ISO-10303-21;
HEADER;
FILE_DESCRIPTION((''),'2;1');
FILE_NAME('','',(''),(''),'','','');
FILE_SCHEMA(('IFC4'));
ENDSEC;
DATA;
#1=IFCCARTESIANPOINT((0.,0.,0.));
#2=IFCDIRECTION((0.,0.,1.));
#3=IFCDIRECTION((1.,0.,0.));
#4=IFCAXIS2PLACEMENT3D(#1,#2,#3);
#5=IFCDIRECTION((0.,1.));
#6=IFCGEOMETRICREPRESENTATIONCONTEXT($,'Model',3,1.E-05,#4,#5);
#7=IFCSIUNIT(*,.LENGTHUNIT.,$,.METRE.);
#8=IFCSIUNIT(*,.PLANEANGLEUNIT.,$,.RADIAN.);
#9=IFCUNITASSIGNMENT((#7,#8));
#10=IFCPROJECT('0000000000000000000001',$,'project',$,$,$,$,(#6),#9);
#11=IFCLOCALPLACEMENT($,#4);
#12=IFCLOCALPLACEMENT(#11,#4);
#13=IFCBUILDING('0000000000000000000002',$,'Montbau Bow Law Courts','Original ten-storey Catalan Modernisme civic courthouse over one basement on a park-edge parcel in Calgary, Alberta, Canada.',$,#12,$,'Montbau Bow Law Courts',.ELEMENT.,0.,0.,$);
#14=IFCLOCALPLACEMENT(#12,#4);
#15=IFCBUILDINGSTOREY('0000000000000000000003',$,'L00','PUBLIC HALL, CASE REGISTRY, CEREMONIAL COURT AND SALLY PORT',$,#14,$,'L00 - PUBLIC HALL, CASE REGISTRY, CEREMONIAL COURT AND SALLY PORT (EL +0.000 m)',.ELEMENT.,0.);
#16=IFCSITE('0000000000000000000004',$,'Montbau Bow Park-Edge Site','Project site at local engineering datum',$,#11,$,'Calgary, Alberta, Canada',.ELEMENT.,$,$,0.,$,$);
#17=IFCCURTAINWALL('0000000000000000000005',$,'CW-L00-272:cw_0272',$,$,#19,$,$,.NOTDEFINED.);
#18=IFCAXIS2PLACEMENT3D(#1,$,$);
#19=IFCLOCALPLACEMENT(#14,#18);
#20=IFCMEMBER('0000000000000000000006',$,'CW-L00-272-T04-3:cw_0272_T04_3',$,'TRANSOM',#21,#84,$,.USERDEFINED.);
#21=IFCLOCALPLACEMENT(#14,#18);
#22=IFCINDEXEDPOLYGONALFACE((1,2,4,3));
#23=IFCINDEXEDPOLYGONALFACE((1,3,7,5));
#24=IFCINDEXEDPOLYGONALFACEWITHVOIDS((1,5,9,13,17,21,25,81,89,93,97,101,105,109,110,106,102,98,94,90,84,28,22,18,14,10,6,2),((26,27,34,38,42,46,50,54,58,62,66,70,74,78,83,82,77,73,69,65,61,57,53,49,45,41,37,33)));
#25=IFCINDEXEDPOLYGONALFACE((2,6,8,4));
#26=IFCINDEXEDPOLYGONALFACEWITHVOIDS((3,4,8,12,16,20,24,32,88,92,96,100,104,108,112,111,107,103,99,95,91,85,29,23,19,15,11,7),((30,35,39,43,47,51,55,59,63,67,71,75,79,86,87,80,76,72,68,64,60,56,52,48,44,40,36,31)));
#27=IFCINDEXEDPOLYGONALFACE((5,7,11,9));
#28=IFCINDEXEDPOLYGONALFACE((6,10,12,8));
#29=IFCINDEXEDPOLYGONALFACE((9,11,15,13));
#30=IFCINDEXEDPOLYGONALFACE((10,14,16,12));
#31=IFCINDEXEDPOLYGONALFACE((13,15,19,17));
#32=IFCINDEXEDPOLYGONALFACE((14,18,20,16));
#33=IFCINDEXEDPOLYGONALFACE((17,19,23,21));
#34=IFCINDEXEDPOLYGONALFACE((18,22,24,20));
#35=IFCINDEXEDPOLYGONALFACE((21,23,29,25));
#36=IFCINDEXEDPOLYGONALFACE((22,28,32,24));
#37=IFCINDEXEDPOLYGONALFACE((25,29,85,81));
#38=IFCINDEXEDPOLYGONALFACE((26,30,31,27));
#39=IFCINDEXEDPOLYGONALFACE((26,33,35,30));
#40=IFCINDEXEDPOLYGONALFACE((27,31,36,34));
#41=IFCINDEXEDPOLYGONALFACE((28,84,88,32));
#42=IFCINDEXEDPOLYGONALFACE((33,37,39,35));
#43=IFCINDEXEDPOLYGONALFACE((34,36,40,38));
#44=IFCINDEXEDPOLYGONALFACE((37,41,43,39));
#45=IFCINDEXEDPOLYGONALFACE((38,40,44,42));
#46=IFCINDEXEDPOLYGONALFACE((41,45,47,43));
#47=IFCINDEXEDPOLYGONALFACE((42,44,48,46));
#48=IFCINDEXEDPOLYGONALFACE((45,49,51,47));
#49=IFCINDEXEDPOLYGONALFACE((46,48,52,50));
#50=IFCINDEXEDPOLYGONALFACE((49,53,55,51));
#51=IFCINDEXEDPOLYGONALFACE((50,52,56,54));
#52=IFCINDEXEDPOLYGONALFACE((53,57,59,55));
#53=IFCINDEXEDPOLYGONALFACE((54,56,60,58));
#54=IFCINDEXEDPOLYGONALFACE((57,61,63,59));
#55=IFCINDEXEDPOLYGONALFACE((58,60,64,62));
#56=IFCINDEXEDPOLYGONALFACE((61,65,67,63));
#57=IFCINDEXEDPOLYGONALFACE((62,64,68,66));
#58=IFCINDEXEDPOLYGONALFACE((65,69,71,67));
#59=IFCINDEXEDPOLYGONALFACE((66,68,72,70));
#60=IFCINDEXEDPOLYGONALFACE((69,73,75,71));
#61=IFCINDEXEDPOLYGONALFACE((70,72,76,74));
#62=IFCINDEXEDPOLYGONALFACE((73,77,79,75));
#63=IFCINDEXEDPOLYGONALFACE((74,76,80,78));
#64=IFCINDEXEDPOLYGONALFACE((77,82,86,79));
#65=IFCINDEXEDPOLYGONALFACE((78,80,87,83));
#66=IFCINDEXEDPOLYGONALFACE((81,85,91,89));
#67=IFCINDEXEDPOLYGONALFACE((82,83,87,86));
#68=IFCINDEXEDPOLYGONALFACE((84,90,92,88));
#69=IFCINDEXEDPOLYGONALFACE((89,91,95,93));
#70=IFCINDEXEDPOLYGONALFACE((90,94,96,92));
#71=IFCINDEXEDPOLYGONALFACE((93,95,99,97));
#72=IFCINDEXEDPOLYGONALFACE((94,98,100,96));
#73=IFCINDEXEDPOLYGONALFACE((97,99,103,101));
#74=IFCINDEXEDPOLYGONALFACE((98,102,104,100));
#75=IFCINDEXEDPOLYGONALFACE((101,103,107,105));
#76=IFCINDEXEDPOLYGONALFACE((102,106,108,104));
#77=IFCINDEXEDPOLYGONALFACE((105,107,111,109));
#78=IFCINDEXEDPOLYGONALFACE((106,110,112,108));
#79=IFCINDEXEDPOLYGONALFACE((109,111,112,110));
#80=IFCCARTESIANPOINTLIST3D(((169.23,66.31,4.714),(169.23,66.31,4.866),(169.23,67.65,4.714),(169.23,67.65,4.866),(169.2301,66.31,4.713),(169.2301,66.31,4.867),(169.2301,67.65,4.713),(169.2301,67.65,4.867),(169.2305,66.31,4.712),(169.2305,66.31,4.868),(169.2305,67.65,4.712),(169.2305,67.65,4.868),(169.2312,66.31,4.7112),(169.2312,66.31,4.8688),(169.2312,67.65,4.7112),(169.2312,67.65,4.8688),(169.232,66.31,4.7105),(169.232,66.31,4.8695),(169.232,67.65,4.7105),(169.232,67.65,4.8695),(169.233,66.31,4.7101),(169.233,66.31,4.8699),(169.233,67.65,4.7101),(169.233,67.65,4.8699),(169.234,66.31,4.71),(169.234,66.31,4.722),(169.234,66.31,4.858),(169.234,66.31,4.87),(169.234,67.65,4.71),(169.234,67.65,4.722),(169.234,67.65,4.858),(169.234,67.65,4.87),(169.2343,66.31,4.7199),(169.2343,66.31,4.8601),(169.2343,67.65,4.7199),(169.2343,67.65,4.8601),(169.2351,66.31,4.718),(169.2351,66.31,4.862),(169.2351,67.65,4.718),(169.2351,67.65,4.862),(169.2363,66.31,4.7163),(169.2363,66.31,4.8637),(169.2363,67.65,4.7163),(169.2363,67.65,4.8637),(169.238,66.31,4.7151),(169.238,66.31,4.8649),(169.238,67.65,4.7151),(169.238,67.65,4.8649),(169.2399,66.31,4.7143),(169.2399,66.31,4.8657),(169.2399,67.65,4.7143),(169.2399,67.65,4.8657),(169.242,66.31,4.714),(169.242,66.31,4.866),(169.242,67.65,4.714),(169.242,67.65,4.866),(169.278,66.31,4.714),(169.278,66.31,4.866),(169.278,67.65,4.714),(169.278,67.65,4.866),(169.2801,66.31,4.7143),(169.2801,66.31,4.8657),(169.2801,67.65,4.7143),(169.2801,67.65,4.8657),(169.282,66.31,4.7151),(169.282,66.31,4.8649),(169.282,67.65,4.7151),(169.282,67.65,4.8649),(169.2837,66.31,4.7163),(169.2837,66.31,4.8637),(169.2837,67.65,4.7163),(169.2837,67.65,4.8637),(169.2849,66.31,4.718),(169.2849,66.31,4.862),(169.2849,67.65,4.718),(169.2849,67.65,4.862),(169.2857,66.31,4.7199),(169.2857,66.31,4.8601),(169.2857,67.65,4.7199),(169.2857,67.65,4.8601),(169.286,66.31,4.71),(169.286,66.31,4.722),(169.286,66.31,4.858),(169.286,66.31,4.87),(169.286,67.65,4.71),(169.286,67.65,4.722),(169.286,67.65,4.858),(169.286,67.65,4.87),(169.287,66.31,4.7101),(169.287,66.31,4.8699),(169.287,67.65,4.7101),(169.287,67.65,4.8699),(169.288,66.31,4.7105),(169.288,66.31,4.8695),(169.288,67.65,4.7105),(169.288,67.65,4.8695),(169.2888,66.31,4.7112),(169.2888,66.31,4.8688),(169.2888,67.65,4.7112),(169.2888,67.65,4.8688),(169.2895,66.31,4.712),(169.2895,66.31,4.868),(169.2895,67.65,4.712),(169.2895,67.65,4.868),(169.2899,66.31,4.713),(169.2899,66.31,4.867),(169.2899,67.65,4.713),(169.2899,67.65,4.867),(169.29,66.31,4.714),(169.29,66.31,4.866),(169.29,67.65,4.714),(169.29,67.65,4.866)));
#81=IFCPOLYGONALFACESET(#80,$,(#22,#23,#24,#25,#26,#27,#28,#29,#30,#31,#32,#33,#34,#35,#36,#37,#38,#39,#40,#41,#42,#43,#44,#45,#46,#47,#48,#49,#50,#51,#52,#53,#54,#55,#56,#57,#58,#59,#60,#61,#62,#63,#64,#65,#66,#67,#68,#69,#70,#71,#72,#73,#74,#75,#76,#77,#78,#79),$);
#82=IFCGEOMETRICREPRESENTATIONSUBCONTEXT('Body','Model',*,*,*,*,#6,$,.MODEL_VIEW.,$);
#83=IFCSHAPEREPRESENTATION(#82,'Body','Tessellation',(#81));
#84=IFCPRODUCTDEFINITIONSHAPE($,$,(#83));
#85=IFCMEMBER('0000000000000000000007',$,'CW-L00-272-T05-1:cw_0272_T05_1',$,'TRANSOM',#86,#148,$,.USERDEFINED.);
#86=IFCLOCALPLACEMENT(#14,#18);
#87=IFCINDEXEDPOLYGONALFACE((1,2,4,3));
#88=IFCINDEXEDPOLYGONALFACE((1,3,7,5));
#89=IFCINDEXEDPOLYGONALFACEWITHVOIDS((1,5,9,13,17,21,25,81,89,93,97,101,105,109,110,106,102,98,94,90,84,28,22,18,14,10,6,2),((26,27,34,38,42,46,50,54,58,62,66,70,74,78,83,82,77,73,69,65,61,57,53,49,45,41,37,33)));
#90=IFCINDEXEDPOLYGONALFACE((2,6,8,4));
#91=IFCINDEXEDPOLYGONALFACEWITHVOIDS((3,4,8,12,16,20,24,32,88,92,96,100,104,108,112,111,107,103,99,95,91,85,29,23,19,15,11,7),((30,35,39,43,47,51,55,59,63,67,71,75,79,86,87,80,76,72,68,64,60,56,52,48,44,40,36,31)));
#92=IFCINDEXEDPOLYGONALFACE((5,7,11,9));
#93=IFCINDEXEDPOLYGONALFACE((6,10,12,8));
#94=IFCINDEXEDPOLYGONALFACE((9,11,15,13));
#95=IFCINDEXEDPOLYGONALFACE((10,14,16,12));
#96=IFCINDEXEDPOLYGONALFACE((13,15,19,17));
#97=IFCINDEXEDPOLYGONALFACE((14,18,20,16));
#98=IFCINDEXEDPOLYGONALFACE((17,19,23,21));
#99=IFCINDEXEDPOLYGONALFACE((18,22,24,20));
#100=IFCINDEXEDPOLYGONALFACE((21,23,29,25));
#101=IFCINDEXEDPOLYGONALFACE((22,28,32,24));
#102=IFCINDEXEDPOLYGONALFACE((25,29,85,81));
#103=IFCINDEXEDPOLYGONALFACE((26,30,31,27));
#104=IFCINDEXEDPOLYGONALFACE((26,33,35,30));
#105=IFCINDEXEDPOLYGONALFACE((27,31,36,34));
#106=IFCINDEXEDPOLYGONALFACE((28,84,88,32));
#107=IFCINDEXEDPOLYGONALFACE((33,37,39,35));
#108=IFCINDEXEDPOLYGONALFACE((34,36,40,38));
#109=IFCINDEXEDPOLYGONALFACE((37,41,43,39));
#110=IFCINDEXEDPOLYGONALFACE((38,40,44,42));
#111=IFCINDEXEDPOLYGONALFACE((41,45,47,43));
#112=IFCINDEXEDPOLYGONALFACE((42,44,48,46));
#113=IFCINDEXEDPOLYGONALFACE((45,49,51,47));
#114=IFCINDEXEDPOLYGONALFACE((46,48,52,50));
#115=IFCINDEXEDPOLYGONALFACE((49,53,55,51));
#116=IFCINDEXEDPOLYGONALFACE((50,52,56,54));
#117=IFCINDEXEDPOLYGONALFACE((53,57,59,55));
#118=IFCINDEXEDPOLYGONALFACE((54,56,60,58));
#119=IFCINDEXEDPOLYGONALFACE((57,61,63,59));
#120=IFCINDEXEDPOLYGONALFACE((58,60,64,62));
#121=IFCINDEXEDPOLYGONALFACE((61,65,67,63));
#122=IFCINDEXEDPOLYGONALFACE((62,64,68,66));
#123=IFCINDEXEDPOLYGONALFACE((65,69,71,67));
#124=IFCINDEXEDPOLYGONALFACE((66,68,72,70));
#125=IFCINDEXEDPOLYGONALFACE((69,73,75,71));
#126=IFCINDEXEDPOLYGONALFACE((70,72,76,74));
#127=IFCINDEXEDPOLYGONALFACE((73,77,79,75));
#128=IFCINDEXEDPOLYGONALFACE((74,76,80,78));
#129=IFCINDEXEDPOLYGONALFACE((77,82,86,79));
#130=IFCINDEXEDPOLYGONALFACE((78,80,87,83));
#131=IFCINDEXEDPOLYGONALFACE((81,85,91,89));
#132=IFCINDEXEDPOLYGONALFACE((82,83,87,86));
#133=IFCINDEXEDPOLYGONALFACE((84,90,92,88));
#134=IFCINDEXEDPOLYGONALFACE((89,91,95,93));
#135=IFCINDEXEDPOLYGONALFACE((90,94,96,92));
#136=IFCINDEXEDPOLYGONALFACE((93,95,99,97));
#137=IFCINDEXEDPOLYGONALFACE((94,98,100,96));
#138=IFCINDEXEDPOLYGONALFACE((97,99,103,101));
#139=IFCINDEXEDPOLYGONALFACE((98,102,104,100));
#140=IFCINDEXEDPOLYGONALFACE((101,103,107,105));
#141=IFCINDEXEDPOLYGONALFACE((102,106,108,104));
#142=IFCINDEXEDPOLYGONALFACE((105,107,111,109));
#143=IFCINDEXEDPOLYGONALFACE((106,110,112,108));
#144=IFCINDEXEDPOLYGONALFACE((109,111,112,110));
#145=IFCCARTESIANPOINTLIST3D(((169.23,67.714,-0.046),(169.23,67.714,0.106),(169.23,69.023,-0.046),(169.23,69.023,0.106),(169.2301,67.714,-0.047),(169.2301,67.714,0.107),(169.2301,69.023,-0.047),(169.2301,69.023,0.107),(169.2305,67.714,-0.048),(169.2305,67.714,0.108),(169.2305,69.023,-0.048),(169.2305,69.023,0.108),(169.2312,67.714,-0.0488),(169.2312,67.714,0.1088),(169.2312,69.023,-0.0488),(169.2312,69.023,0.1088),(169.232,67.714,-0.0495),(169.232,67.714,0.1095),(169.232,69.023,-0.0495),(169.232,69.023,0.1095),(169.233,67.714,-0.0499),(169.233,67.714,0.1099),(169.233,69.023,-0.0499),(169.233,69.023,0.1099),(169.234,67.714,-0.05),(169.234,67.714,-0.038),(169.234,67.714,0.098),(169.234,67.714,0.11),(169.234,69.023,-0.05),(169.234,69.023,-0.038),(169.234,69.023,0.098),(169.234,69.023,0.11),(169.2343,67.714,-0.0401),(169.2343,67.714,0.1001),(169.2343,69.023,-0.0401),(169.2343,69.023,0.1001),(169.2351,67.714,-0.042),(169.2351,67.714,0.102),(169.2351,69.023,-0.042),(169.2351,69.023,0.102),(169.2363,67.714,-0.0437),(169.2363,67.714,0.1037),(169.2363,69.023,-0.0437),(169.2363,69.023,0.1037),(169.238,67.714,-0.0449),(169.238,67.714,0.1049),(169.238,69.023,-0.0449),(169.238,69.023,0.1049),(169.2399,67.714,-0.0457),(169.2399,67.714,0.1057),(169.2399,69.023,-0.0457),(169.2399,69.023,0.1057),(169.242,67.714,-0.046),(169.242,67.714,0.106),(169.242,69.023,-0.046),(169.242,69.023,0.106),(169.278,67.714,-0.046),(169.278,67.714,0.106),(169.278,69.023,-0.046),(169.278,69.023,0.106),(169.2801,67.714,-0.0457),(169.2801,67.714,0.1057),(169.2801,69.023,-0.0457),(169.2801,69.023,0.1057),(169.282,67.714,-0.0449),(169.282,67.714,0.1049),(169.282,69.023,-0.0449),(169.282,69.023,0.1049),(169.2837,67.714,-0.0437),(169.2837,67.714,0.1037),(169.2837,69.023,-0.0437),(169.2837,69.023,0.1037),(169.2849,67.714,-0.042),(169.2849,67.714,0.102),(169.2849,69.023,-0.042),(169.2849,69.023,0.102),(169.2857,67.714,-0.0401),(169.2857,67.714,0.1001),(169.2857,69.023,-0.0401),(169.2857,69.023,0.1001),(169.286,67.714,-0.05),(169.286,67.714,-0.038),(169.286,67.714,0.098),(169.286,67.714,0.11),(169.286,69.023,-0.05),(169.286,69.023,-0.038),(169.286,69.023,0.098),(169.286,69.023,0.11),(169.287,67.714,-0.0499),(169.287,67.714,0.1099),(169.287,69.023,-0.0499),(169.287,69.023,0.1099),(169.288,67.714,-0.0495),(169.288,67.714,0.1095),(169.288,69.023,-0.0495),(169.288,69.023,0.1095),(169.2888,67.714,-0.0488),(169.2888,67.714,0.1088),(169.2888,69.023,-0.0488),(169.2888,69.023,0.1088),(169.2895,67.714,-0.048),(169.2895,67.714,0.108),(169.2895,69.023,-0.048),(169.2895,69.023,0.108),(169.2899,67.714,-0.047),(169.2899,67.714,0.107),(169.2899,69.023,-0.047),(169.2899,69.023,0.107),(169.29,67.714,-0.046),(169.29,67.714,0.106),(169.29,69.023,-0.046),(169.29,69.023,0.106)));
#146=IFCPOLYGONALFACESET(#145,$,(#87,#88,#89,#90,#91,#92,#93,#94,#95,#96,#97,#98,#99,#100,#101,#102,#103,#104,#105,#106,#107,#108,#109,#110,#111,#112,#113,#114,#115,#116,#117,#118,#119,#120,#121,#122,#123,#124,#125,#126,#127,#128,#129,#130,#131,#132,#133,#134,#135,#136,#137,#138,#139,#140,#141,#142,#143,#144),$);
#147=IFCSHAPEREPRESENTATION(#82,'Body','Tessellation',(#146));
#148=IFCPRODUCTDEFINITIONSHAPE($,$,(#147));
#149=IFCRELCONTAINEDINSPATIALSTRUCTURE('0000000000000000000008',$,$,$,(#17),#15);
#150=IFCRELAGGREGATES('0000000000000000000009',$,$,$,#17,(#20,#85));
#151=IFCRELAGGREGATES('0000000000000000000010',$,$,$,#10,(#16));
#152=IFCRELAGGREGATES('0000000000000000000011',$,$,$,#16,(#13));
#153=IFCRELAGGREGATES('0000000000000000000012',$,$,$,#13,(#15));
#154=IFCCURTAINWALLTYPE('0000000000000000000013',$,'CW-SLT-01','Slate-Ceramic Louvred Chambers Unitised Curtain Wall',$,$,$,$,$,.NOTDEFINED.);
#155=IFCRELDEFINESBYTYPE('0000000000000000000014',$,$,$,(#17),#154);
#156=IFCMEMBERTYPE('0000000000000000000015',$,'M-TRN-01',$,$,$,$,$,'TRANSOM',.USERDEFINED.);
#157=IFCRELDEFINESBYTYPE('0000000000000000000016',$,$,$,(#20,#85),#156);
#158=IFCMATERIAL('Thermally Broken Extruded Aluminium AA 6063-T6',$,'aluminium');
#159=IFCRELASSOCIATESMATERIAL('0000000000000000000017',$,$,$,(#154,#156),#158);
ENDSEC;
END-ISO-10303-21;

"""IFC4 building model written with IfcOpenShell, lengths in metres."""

from ifc_helpers import new_model, si_unit, direction, frame, origin_with_axes, origin_2d_with_axis, place, context, subcontext, project, spatial, hollow_rectangle, extrude, material, material_profile, profile_set, type_object, element, aggregate, save


model = new_model("IFC4")

# Units and contexts
model_context = context("Model", 3, precision=1e-05, world=origin_with_axes(), true_north=direction((0.0, 1.0)))
body_context = subcontext(model_context, "Body", "Model", "MODEL_VIEW")
ifc_project = project(units=[si_unit("LENGTHUNIT", "METRE"), si_unit("PLANEANGLEUNIT", "RADIAN")], contexts=[model_context])

# Site, building, storey
site_placement = place(None, origin_with_axes())
site = spatial("IfcSite", under=ifc_project, at=site_placement, Name="Montbau Bow Park-Edge Site", Description="Project site at local engineering datum", LongName="Calgary, Alberta, Canada", CompositionType="ELEMENT", RefElevation=0.0)
building_placement = place(site_placement, origin_with_axes())
building = spatial("IfcBuilding", under=site, at=building_placement, Name="Montbau Bow Law Courts", Description="Original ten-storey Catalan Modernisme civic courthouse over one basement on a park-edge parcel in Calgary, Alberta, Canada.", LongName="Montbau Bow Law Courts", CompositionType="ELEMENT", ElevationOfRefHeight=0.0, ElevationOfTerrain=0.0)
storey_placement = place(building_placement, origin_with_axes())
storey = spatial("IfcBuildingStorey", under=building, at=storey_placement, Name="L00", Description="PUBLIC HALL, CASE REGISTRY, CEREMONIAL COURT AND SALLY PORT", LongName="L00 - PUBLIC HALL, CASE REGISTRY, CEREMONIAL COURT AND SALLY PORT (EL +0.000 m)", CompositionType="ELEMENT", Elevation=0.0)

# Curtain wall, members
ifc_material_1 = material(Name="Thermally Broken Extruded Aluminium AA 6063-T6", Category="aluminium")
curtain_wall_type = type_object("IfcCurtainWallType", Name="CW-SLT-01", Description="Slate-Ceramic Louvred Chambers Unitised Curtain Wall", PredefinedType="NOTDEFINED", material=ifc_material_1)
curtain_wall_1_placement = place(None, frame((169.26, 62.068, 0.0), z_axis=(0.0, 0.0, 1.0), x_axis=(1.0, 0.0, 0.0)))
curtain_wall_1 = element("IfcCurtainWall", 1, at=curtain_wall_1_placement, inside=storey, type_object=curtain_wall_type, Name="CW-L00-272:cw_0272", PredefinedType="NOTDEFINED")
ifc_material_profile_1 = material_profile(ifc_material_1, hollow_rectangle(XDim=0.06, YDim=0.16, WallThickness=0.004, InnerFilletRadius=0.008, OuterFilletRadius=0.004, at=origin_2d_with_axis()), Name="CWT-160X60", Category="Main", Priority=0)
ifc_profile_set_1 = profile_set([ifc_material_profile_1], Name="Thermally Broken Extruded Aluminium AA 6063-T6")
member_type_1 = type_object("IfcMemberType", Name="M-TRN-01", ElementType="TRANSOM", PredefinedType="USERDEFINED", material=ifc_profile_set_1)
member_1_placement = place(None, frame((169.26, 66.31, 4.79), z_axis=(0.0, 1.0, 0.0), x_axis=(-1.0, 0.0, 0.0)))
member_1 = element("IfcMember", 2, at=member_1_placement, type_object=member_type_1, Name="CW-L00-272-T04-3:cw_0272_T04_3", ObjectType="TRANSOM", PredefinedType="USERDEFINED", context=body_context, shape_type="SweptSolid", body=[
    extrude(hollow_rectangle(XDim=0.06, YDim=0.16, WallThickness=0.004, InnerFilletRadius=0.008, OuterFilletRadius=0.004, at=origin_2d_with_axis()), origin_with_axes(), (0.0, 0.0, 1.0), 1.34),
])
member_2_placement = place(None, frame((169.26, 67.714, 0.03), z_axis=(0.0, 1.0, 0.0), x_axis=(-1.0, 0.0, 0.0)))
member_2 = element("IfcMember", 3, at=member_2_placement, type_object=member_type_1, Name="CW-L00-272-T05-1:cw_0272_T05_1", ObjectType="TRANSOM", PredefinedType="USERDEFINED", context=body_context, shape_type="SweptSolid", body=[
    extrude(hollow_rectangle(XDim=0.06, YDim=0.16, WallThickness=0.004, InnerFilletRadius=0.008, OuterFilletRadius=0.004, at=origin_2d_with_axis()), origin_with_axes(), (0.0, 0.0, 1.0), 1.309),
])

aggregate(curtain_wall_1, [member_1, member_2])

save(model, "model.ifc")
